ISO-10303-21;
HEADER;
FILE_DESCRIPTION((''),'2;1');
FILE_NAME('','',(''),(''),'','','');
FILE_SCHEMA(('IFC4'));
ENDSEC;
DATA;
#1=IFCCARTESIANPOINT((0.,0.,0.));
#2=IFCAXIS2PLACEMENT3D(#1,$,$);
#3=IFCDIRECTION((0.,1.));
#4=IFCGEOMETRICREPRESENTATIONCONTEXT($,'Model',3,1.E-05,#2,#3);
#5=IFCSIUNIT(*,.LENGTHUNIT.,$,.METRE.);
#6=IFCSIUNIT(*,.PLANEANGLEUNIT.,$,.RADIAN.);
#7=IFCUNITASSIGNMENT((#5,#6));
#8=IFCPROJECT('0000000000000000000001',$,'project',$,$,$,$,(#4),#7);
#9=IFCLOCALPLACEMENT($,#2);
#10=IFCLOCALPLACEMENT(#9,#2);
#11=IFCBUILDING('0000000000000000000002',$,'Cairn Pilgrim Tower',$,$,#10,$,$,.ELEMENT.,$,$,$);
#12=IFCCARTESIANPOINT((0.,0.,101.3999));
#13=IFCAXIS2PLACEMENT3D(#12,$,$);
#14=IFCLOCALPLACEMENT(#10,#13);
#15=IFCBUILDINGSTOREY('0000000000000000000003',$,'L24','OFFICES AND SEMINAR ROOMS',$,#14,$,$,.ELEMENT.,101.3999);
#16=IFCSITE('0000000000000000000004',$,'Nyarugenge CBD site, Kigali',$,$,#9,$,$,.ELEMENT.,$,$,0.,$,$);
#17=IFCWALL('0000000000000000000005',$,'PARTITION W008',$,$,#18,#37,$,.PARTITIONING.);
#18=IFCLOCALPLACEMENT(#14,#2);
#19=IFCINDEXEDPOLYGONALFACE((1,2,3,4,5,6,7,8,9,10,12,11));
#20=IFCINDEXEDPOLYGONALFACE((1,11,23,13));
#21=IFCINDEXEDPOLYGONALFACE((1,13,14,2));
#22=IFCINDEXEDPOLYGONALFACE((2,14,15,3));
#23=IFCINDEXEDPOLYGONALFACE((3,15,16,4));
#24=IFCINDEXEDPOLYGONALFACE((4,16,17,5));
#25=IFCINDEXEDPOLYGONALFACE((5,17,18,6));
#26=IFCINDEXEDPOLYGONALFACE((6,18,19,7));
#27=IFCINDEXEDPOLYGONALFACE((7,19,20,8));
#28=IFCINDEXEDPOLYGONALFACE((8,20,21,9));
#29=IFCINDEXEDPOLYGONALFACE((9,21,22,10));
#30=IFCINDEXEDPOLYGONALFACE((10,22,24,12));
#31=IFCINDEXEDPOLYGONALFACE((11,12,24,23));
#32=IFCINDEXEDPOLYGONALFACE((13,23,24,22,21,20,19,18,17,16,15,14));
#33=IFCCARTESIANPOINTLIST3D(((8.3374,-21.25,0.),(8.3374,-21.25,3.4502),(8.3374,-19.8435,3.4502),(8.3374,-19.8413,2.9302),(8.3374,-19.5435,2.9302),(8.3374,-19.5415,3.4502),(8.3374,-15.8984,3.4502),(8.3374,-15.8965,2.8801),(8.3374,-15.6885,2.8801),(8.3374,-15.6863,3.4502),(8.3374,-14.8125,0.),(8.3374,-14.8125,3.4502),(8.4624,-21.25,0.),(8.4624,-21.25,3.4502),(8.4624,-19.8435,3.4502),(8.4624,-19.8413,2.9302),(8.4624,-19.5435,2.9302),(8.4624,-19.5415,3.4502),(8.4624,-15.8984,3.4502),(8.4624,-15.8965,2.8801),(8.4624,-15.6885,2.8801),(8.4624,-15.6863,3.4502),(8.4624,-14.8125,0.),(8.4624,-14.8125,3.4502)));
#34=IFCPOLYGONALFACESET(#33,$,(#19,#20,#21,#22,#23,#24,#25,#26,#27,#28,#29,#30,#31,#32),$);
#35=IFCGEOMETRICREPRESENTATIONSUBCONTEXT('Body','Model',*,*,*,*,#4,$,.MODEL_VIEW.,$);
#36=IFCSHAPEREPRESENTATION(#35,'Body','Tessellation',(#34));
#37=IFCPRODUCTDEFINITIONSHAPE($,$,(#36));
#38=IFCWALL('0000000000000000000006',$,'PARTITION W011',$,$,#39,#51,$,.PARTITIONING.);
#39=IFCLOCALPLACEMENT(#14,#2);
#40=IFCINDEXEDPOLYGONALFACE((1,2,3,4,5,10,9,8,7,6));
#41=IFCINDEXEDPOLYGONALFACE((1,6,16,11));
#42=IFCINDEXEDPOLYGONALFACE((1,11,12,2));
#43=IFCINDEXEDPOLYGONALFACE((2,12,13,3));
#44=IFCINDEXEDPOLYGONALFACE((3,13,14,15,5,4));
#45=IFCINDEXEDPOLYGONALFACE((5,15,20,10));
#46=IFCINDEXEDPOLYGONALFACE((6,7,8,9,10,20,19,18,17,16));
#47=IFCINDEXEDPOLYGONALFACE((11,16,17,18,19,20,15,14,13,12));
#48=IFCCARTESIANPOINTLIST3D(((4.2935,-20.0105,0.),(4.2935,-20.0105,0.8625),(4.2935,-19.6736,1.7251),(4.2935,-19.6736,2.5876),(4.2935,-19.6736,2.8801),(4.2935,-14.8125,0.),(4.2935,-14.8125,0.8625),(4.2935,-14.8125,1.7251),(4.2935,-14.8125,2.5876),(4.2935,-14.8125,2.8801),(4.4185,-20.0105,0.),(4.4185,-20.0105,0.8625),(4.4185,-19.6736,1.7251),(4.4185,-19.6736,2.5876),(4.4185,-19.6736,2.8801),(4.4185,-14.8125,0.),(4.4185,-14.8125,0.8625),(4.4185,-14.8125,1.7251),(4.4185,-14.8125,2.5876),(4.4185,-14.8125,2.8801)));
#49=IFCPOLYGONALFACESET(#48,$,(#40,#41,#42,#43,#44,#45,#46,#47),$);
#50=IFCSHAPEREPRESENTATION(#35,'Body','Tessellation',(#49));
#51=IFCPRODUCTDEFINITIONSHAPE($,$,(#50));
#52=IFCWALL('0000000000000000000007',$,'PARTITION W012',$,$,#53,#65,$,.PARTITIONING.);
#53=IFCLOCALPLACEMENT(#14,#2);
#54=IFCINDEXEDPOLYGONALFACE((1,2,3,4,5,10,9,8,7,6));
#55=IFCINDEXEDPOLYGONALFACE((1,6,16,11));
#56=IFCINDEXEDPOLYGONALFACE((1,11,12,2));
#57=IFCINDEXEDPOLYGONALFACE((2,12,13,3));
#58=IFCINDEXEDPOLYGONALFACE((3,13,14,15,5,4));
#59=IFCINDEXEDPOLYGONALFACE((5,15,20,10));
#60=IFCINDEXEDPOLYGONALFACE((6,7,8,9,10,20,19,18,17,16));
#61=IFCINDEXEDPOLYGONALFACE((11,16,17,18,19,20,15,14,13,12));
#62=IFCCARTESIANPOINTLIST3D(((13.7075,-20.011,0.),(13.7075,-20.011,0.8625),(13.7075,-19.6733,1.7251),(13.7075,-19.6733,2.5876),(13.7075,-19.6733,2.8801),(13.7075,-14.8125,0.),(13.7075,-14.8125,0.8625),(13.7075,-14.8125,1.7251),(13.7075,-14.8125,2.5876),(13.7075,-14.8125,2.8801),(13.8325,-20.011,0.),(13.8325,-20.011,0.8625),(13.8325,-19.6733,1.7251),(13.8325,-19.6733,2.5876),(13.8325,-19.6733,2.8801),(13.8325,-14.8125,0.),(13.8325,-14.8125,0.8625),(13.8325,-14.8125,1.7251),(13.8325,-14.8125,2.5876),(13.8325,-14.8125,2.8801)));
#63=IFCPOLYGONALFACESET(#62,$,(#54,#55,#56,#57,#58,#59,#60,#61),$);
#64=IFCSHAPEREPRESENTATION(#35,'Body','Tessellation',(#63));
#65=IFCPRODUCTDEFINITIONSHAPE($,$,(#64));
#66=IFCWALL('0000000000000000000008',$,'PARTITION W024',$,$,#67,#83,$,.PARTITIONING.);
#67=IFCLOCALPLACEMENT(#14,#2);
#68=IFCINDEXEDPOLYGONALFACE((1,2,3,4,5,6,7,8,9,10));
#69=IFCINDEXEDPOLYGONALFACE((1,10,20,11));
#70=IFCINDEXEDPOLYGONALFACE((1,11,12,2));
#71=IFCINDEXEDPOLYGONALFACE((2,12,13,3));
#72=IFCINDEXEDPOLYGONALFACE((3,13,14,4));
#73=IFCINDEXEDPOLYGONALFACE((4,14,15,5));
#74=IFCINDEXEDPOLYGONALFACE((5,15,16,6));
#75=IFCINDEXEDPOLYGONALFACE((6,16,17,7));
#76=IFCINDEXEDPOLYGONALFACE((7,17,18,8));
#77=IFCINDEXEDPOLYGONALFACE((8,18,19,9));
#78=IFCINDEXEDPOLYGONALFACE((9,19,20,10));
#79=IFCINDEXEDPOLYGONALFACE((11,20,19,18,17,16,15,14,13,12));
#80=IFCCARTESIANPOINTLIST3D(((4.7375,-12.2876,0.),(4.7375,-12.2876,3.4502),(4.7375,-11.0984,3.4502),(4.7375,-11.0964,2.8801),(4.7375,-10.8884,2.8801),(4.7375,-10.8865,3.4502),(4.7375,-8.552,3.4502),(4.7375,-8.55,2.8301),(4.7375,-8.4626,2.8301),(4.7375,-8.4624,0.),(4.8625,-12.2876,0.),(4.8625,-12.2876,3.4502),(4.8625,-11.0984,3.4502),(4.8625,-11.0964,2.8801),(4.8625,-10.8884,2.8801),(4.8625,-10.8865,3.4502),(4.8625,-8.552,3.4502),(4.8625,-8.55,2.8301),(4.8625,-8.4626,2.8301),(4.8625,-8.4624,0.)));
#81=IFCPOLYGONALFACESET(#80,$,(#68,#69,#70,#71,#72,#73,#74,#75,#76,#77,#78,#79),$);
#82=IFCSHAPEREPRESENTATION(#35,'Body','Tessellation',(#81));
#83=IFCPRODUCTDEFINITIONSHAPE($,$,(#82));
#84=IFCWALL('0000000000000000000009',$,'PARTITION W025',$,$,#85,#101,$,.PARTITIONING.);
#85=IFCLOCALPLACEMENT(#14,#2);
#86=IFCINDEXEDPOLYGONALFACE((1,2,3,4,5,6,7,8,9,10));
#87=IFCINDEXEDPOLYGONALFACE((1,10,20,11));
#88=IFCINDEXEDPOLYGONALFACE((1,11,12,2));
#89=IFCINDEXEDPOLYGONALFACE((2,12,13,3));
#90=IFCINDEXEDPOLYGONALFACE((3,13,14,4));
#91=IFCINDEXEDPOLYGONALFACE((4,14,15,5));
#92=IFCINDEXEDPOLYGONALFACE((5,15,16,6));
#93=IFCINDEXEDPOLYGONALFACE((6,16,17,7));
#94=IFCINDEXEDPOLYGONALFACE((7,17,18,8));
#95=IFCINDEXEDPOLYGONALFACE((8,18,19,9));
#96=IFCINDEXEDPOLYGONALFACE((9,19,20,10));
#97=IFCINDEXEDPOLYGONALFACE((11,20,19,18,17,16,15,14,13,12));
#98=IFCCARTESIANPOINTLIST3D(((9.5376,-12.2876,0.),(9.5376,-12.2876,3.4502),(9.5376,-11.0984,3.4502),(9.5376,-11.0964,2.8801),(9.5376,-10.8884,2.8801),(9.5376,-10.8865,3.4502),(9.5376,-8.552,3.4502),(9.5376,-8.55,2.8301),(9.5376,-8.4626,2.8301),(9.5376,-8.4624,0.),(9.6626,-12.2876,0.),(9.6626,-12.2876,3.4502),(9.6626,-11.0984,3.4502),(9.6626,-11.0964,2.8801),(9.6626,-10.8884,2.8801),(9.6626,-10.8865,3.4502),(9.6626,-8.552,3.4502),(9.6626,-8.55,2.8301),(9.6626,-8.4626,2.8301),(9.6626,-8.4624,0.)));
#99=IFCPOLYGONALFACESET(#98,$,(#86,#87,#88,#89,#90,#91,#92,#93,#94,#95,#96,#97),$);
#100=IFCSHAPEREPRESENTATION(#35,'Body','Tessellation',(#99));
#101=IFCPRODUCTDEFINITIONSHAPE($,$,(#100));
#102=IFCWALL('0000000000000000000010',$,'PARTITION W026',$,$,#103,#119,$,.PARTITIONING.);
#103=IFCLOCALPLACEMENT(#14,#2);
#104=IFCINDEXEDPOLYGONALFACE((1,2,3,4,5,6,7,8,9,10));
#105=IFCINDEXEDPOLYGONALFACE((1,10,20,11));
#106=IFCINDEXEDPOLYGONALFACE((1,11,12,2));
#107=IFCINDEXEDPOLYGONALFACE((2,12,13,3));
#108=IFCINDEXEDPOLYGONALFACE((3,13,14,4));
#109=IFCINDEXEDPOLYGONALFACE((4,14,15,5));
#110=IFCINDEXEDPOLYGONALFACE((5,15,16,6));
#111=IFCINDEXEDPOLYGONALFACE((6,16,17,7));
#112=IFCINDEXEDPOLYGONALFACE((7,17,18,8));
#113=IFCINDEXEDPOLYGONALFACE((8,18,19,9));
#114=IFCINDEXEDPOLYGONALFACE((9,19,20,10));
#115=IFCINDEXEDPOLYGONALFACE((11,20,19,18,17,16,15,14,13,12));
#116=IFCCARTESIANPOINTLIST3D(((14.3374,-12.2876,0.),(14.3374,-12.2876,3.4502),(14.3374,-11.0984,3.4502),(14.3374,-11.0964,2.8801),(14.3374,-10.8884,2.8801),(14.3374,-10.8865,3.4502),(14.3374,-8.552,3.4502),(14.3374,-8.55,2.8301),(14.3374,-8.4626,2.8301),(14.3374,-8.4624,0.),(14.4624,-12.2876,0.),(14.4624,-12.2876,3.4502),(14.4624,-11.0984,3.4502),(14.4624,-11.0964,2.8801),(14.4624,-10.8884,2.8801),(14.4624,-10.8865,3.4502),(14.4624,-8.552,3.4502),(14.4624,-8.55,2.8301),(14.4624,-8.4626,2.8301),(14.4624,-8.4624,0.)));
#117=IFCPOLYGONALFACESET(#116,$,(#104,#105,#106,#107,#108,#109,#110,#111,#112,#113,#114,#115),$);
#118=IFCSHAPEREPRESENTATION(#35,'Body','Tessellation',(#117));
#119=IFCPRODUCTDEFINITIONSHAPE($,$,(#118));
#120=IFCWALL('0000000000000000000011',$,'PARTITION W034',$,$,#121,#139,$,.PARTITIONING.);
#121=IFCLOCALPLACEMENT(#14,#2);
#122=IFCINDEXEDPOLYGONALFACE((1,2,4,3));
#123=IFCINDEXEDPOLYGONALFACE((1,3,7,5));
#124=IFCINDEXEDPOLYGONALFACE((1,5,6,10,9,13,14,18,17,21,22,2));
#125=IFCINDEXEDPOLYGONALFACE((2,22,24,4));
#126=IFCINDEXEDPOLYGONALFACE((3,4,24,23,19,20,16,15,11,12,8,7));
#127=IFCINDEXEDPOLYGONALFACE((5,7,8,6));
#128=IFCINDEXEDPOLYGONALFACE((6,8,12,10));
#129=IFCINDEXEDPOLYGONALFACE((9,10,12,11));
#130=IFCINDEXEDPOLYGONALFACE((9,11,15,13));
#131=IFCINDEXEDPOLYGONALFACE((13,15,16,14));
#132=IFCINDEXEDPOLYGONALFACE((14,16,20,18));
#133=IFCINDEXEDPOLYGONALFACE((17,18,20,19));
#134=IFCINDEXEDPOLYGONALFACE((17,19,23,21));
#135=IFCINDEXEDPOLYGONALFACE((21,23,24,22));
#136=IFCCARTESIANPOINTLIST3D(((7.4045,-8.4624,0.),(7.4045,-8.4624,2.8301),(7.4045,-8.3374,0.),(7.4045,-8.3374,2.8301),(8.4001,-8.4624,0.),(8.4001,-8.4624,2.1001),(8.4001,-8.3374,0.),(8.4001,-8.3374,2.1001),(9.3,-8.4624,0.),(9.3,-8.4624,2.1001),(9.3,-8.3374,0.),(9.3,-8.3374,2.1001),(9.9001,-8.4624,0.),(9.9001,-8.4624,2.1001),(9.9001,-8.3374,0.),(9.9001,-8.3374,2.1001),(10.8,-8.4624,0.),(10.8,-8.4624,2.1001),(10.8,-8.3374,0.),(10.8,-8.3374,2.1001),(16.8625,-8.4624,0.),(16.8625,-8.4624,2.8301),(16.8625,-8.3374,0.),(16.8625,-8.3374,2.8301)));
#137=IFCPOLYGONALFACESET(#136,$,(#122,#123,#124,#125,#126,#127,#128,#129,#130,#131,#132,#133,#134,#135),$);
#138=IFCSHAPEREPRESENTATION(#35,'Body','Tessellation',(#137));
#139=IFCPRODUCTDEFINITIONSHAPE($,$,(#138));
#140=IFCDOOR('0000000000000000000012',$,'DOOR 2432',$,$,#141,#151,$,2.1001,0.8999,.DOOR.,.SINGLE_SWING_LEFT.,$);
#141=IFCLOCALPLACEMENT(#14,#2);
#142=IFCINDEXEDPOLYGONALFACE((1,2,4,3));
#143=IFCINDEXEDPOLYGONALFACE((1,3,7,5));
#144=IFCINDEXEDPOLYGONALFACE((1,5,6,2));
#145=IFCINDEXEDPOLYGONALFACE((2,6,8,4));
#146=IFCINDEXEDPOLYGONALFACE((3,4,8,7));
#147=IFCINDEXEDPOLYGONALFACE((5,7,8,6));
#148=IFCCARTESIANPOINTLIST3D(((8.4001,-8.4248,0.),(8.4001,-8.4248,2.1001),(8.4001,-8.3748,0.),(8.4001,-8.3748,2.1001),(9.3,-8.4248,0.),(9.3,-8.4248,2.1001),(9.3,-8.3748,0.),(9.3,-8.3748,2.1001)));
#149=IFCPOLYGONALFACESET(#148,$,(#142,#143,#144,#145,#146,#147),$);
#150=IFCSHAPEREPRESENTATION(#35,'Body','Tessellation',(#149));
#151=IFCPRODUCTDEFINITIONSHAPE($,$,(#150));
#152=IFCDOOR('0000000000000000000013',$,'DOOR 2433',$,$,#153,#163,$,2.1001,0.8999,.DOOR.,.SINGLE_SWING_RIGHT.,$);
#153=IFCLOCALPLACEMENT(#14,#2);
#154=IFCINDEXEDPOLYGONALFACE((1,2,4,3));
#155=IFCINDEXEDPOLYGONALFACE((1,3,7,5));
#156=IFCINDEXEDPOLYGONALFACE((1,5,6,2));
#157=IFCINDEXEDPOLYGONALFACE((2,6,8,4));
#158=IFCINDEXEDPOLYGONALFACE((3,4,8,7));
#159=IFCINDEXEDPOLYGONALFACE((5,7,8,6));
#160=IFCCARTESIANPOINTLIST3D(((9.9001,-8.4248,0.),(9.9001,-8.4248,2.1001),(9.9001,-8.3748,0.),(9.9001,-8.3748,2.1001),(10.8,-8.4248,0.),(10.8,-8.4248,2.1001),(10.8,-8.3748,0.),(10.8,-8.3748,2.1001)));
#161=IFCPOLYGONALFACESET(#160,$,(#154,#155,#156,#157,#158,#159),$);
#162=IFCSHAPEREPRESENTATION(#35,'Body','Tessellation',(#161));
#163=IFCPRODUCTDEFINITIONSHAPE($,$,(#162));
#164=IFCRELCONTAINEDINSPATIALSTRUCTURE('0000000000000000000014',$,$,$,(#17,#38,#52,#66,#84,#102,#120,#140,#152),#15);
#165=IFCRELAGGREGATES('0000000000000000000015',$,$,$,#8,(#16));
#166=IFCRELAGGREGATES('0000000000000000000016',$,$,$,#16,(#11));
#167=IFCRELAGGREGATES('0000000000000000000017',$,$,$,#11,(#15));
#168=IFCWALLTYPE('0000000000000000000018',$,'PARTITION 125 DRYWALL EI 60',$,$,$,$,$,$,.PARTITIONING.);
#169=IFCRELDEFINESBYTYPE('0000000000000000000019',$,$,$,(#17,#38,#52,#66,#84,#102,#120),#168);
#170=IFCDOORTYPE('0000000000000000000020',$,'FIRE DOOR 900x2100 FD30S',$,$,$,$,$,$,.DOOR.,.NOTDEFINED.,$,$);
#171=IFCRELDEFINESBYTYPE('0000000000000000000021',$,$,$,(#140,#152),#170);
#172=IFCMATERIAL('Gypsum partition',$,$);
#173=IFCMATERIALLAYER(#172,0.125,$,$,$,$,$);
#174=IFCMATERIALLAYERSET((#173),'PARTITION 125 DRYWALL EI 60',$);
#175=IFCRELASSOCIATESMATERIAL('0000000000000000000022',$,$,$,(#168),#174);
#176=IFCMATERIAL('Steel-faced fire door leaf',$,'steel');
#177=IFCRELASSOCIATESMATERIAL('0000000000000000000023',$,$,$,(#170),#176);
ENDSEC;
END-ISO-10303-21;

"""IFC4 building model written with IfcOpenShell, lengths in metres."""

from ifc_helpers import new_model, si_unit, direction, frame, frame_2d, origin, place, context, subcontext, project, spatial, polyline, rectangle, outline, extrude, material, layer, layer_set, type_object, element, fill, save


model = new_model("IFC4")

# Units and contexts
model_context = context("Model", 3, precision=1e-05, world=origin(), true_north=direction((0.0, 1.0)))
body_context = subcontext(model_context, "Body", "Model", "MODEL_VIEW")
ifc_project = project(units=[si_unit("LENGTHUNIT", "METRE"), si_unit("PLANEANGLEUNIT", "RADIAN")], contexts=[model_context])

# Site, building, storey
site_placement = place(None, origin())
site = spatial("IfcSite", under=ifc_project, at=site_placement, Name="Nyarugenge CBD site, Kigali", CompositionType="ELEMENT", RefElevation=0.0)
building_placement = place(site_placement, origin())
building = spatial("IfcBuilding", under=site, at=building_placement, Name="Cairn Pilgrim Tower", CompositionType="ELEMENT")
storey_placement = place(building_placement, frame((0.0, 0.0, 101.3999)))
storey = spatial("IfcBuildingStorey", under=building, at=storey_placement, Name="L24", Description="OFFICES AND SEMINAR ROOMS", CompositionType="ELEMENT", Elevation=101.3999)

# Walls
ifc_material_1 = material(Name="Gypsum partition")
ifc_layer_1 = layer(ifc_material_1, 0.125)
ifc_layer_set_1 = layer_set([ifc_layer_1], Name="PARTITION 125 DRYWALL EI 60")
wall_type_1 = type_object("IfcWallType", Name="PARTITION 125 DRYWALL EI 60", PredefinedType="PARTITIONING", material=ifc_layer_set_1)
wall_1_placement = place(storey_placement, frame((8.3999, -21.25, 0.0), z_axis=(0.0, 0.0, 1.0), x_axis=(0.0, 1.0, 0.0)))
element("IfcWall", 1, at=wall_1_placement, inside=storey, type_object=wall_type_1, Name="PARTITION W008", PredefinedType="PARTITIONING", context=body_context, shape_type="SweptSolid", body=[
    extrude(outline(polyline([(0.0, 0.0), (6.4375, 0.0), (6.4375, 3.4502), (5.5637, 3.4502), (5.5615, 2.8801), (5.3535, 2.8801), (5.3516, 3.4502), (1.7085, 3.4502), (1.7065, 2.9302), (1.4087, 2.9302), (1.4065, 3.4502), (0.0, 3.4502), (0.0, 0.0)])), frame((0.0, 0.0625, 0.0), z_axis=(0.0, -1.0, 0.0), x_axis=(1.0, 0.0, 0.0)), (0.0, 0.0, 1.0), 0.125),
])
wall_2_placement = place(storey_placement, frame((4.356, -20.0105, 0.0), z_axis=(0.0, 0.0, 1.0), x_axis=(0.0, 1.0, 0.0)))
element("IfcWall", 2, at=wall_2_placement, inside=storey, type_object=wall_type_1, Name="PARTITION W011", PredefinedType="PARTITIONING", context=body_context, shape_type="SweptSolid", body=[
    extrude(outline(polyline([(0.0, 0.0), (5.198, 0.0), (5.198, 0.8625), (5.198, 1.7251), (5.198, 2.5876), (5.198, 2.8801), (0.3369, 2.8801), (0.3369, 2.5876), (0.3369, 1.7251), (0.0, 0.8625), (0.0, 0.0)])), frame((0.0, 0.0625, 0.0), z_axis=(0.0, -1.0, 0.0), x_axis=(1.0, 0.0, 0.0)), (0.0, 0.0, 1.0), 0.125),
])
wall_3_placement = place(storey_placement, frame((13.77, -20.011, 0.0), z_axis=(0.0, 0.0, 1.0), x_axis=(0.0, 1.0, 0.0)))
element("IfcWall", 3, at=wall_3_placement, inside=storey, type_object=wall_type_1, Name="PARTITION W012", PredefinedType="PARTITIONING", context=body_context, shape_type="SweptSolid", body=[
    extrude(outline(polyline([(0.0, 0.0), (5.1985, 0.0), (5.1985, 0.8625), (5.1985, 1.7251), (5.1985, 2.5876), (5.1985, 2.8801), (0.3376, 2.8801), (0.3376, 2.5876), (0.3376, 1.7251), (0.0, 0.8625), (0.0, 0.0)])), frame((0.0, 0.0625, 0.0), z_axis=(0.0, -1.0, 0.0), x_axis=(1.0, 0.0, 0.0)), (0.0, 0.0, 1.0), 0.125),
])
for number, where, z_axis, x_axis, name in (
    (4, (4.8, -12.2876, 0.0), (0.0, 0.0, 1.0), (0.0, 1.0, 0.0), "PARTITION W024"),
    (5, (9.6001, -12.2876, 0.0), (0.0, 0.0, 1.0), (0.0, 1.0, 0.0), "PARTITION W025"),
    (6, (14.3999, -12.2876, 0.0), (0.0, 0.0, 1.0), (0.0, 1.0, 0.0), "PARTITION W026"),
):
    element("IfcWall", number, at=place(storey_placement, frame(where, z_axis=z_axis, x_axis=x_axis)), inside=storey, type_object=wall_type_1, Name=name, PredefinedType="PARTITIONING", context=body_context, shape_type="SweptSolid", body=[
        extrude(outline(polyline([(0.0, 0.0), (3.8252, 0.0), (3.825, 2.8301), (3.7375, 2.8301), (3.7356, 3.4502), (1.4011, 3.4502), (1.3992, 2.8801), (1.1912, 2.8801), (1.1892, 3.4502), (0.0, 3.4502), (0.0, 0.0)])), frame((0.0, 0.0625, 0.0), z_axis=(0.0, -1.0, 0.0), x_axis=(1.0, 0.0, 0.0)), (0.0, 0.0, 1.0), 0.125),
    ])

# Wall, openings, doors
wall_4_placement = place(storey_placement, frame((7.4045, -8.3999, 0.0), z_axis=(0.0, 0.0, 1.0), x_axis=(1.0, 0.0, 0.0)))
wall_4 = element("IfcWall", 7, at=wall_4_placement, inside=storey, type_object=wall_type_1, Name="PARTITION W034", PredefinedType="PARTITIONING", context=body_context, shape_type="SweptSolid", body=[
    extrude(rectangle(XDim=9.458, YDim=0.125, at=frame_2d((4.729, 0.0))), origin(), (0.0, 0.0, 1.0), 2.8301),
])
opening_1_placement = place(wall_4_placement, frame((0.9956, 0.0, 0.0)))
opening_1 = element("IfcOpeningElement", 8, at=opening_1_placement, cuts=wall_4, PredefinedType="OPENING", context=body_context, shape_type="SweptSolid", body=[
    extrude(rectangle(XDim=0.8999, YDim=2.1001, at=frame_2d((0.45, 1.05))), frame((0.0, 0.0725, 0.0), z_axis=(0.0, -1.0, 0.0), x_axis=(1.0, 0.0, 0.0)), (0.0, 0.0, 1.0), 0.145),
])
opening_2_placement = place(wall_4_placement, frame((2.4956, 0.0, 0.0)))
opening_2 = element("IfcOpeningElement", 9, at=opening_2_placement, cuts=wall_4, PredefinedType="OPENING", context=body_context, shape_type="SweptSolid", body=[
    extrude(rectangle(XDim=0.8999, YDim=2.1001, at=frame_2d((0.45, 1.05))), frame((0.0, 0.0725, 0.0), z_axis=(0.0, -1.0, 0.0), x_axis=(1.0, 0.0, 0.0)), (0.0, 0.0, 1.0), 0.145),
])
ifc_material_2 = material(Name="Steel-faced fire door leaf", Category="steel")
door_type_1 = type_object("IfcDoorType", Name="FIRE DOOR 900x2100 FD30S", OperationType="NOTDEFINED", PredefinedType="DOOR", material=ifc_material_2)
door_1_placement = place(opening_1_placement, frame((0.8999, 0.0, 0.0), z_axis=(0.0, 0.0, 1.0), x_axis=(-1.0, 0.0, 0.0)))
door_1 = element("IfcDoor", 10, at=door_1_placement, inside=storey, type_object=door_type_1, Name="DOOR 2432", OperationType="SINGLE_SWING_LEFT", OverallHeight=2.1001, OverallWidth=0.8999, PredefinedType="DOOR", context=body_context, shape_type="SweptSolid", body=[
    extrude(rectangle(XDim=0.8999, YDim=2.1001, at=frame_2d((0.45, 1.05))), frame((0.0, 0.0249, 0.0), z_axis=(0.0, -1.0, 0.0), x_axis=(1.0, 0.0, 0.0)), (0.0, 0.0, 1.0), 0.05),
])
fill(opening_1, door_1)
door_2_placement = place(opening_2_placement, frame((0.8999, 0.0, 0.0), z_axis=(0.0, 0.0, 1.0), x_axis=(-1.0, 0.0, 0.0)))
door_2 = element("IfcDoor", 11, at=door_2_placement, inside=storey, type_object=door_type_1, Name="DOOR 2433", OperationType="SINGLE_SWING_RIGHT", OverallHeight=2.1001, OverallWidth=0.8999, PredefinedType="DOOR", context=body_context, shape_type="SweptSolid", body=[
    extrude(rectangle(XDim=0.8999, YDim=2.1001, at=frame_2d((0.45, 1.05))), frame((0.0, 0.0249, 0.0), z_axis=(0.0, -1.0, 0.0), x_axis=(1.0, 0.0, 0.0)), (0.0, 0.0, 1.0), 0.05),
])
fill(opening_2, door_2)

save(model, "model.ifc")
